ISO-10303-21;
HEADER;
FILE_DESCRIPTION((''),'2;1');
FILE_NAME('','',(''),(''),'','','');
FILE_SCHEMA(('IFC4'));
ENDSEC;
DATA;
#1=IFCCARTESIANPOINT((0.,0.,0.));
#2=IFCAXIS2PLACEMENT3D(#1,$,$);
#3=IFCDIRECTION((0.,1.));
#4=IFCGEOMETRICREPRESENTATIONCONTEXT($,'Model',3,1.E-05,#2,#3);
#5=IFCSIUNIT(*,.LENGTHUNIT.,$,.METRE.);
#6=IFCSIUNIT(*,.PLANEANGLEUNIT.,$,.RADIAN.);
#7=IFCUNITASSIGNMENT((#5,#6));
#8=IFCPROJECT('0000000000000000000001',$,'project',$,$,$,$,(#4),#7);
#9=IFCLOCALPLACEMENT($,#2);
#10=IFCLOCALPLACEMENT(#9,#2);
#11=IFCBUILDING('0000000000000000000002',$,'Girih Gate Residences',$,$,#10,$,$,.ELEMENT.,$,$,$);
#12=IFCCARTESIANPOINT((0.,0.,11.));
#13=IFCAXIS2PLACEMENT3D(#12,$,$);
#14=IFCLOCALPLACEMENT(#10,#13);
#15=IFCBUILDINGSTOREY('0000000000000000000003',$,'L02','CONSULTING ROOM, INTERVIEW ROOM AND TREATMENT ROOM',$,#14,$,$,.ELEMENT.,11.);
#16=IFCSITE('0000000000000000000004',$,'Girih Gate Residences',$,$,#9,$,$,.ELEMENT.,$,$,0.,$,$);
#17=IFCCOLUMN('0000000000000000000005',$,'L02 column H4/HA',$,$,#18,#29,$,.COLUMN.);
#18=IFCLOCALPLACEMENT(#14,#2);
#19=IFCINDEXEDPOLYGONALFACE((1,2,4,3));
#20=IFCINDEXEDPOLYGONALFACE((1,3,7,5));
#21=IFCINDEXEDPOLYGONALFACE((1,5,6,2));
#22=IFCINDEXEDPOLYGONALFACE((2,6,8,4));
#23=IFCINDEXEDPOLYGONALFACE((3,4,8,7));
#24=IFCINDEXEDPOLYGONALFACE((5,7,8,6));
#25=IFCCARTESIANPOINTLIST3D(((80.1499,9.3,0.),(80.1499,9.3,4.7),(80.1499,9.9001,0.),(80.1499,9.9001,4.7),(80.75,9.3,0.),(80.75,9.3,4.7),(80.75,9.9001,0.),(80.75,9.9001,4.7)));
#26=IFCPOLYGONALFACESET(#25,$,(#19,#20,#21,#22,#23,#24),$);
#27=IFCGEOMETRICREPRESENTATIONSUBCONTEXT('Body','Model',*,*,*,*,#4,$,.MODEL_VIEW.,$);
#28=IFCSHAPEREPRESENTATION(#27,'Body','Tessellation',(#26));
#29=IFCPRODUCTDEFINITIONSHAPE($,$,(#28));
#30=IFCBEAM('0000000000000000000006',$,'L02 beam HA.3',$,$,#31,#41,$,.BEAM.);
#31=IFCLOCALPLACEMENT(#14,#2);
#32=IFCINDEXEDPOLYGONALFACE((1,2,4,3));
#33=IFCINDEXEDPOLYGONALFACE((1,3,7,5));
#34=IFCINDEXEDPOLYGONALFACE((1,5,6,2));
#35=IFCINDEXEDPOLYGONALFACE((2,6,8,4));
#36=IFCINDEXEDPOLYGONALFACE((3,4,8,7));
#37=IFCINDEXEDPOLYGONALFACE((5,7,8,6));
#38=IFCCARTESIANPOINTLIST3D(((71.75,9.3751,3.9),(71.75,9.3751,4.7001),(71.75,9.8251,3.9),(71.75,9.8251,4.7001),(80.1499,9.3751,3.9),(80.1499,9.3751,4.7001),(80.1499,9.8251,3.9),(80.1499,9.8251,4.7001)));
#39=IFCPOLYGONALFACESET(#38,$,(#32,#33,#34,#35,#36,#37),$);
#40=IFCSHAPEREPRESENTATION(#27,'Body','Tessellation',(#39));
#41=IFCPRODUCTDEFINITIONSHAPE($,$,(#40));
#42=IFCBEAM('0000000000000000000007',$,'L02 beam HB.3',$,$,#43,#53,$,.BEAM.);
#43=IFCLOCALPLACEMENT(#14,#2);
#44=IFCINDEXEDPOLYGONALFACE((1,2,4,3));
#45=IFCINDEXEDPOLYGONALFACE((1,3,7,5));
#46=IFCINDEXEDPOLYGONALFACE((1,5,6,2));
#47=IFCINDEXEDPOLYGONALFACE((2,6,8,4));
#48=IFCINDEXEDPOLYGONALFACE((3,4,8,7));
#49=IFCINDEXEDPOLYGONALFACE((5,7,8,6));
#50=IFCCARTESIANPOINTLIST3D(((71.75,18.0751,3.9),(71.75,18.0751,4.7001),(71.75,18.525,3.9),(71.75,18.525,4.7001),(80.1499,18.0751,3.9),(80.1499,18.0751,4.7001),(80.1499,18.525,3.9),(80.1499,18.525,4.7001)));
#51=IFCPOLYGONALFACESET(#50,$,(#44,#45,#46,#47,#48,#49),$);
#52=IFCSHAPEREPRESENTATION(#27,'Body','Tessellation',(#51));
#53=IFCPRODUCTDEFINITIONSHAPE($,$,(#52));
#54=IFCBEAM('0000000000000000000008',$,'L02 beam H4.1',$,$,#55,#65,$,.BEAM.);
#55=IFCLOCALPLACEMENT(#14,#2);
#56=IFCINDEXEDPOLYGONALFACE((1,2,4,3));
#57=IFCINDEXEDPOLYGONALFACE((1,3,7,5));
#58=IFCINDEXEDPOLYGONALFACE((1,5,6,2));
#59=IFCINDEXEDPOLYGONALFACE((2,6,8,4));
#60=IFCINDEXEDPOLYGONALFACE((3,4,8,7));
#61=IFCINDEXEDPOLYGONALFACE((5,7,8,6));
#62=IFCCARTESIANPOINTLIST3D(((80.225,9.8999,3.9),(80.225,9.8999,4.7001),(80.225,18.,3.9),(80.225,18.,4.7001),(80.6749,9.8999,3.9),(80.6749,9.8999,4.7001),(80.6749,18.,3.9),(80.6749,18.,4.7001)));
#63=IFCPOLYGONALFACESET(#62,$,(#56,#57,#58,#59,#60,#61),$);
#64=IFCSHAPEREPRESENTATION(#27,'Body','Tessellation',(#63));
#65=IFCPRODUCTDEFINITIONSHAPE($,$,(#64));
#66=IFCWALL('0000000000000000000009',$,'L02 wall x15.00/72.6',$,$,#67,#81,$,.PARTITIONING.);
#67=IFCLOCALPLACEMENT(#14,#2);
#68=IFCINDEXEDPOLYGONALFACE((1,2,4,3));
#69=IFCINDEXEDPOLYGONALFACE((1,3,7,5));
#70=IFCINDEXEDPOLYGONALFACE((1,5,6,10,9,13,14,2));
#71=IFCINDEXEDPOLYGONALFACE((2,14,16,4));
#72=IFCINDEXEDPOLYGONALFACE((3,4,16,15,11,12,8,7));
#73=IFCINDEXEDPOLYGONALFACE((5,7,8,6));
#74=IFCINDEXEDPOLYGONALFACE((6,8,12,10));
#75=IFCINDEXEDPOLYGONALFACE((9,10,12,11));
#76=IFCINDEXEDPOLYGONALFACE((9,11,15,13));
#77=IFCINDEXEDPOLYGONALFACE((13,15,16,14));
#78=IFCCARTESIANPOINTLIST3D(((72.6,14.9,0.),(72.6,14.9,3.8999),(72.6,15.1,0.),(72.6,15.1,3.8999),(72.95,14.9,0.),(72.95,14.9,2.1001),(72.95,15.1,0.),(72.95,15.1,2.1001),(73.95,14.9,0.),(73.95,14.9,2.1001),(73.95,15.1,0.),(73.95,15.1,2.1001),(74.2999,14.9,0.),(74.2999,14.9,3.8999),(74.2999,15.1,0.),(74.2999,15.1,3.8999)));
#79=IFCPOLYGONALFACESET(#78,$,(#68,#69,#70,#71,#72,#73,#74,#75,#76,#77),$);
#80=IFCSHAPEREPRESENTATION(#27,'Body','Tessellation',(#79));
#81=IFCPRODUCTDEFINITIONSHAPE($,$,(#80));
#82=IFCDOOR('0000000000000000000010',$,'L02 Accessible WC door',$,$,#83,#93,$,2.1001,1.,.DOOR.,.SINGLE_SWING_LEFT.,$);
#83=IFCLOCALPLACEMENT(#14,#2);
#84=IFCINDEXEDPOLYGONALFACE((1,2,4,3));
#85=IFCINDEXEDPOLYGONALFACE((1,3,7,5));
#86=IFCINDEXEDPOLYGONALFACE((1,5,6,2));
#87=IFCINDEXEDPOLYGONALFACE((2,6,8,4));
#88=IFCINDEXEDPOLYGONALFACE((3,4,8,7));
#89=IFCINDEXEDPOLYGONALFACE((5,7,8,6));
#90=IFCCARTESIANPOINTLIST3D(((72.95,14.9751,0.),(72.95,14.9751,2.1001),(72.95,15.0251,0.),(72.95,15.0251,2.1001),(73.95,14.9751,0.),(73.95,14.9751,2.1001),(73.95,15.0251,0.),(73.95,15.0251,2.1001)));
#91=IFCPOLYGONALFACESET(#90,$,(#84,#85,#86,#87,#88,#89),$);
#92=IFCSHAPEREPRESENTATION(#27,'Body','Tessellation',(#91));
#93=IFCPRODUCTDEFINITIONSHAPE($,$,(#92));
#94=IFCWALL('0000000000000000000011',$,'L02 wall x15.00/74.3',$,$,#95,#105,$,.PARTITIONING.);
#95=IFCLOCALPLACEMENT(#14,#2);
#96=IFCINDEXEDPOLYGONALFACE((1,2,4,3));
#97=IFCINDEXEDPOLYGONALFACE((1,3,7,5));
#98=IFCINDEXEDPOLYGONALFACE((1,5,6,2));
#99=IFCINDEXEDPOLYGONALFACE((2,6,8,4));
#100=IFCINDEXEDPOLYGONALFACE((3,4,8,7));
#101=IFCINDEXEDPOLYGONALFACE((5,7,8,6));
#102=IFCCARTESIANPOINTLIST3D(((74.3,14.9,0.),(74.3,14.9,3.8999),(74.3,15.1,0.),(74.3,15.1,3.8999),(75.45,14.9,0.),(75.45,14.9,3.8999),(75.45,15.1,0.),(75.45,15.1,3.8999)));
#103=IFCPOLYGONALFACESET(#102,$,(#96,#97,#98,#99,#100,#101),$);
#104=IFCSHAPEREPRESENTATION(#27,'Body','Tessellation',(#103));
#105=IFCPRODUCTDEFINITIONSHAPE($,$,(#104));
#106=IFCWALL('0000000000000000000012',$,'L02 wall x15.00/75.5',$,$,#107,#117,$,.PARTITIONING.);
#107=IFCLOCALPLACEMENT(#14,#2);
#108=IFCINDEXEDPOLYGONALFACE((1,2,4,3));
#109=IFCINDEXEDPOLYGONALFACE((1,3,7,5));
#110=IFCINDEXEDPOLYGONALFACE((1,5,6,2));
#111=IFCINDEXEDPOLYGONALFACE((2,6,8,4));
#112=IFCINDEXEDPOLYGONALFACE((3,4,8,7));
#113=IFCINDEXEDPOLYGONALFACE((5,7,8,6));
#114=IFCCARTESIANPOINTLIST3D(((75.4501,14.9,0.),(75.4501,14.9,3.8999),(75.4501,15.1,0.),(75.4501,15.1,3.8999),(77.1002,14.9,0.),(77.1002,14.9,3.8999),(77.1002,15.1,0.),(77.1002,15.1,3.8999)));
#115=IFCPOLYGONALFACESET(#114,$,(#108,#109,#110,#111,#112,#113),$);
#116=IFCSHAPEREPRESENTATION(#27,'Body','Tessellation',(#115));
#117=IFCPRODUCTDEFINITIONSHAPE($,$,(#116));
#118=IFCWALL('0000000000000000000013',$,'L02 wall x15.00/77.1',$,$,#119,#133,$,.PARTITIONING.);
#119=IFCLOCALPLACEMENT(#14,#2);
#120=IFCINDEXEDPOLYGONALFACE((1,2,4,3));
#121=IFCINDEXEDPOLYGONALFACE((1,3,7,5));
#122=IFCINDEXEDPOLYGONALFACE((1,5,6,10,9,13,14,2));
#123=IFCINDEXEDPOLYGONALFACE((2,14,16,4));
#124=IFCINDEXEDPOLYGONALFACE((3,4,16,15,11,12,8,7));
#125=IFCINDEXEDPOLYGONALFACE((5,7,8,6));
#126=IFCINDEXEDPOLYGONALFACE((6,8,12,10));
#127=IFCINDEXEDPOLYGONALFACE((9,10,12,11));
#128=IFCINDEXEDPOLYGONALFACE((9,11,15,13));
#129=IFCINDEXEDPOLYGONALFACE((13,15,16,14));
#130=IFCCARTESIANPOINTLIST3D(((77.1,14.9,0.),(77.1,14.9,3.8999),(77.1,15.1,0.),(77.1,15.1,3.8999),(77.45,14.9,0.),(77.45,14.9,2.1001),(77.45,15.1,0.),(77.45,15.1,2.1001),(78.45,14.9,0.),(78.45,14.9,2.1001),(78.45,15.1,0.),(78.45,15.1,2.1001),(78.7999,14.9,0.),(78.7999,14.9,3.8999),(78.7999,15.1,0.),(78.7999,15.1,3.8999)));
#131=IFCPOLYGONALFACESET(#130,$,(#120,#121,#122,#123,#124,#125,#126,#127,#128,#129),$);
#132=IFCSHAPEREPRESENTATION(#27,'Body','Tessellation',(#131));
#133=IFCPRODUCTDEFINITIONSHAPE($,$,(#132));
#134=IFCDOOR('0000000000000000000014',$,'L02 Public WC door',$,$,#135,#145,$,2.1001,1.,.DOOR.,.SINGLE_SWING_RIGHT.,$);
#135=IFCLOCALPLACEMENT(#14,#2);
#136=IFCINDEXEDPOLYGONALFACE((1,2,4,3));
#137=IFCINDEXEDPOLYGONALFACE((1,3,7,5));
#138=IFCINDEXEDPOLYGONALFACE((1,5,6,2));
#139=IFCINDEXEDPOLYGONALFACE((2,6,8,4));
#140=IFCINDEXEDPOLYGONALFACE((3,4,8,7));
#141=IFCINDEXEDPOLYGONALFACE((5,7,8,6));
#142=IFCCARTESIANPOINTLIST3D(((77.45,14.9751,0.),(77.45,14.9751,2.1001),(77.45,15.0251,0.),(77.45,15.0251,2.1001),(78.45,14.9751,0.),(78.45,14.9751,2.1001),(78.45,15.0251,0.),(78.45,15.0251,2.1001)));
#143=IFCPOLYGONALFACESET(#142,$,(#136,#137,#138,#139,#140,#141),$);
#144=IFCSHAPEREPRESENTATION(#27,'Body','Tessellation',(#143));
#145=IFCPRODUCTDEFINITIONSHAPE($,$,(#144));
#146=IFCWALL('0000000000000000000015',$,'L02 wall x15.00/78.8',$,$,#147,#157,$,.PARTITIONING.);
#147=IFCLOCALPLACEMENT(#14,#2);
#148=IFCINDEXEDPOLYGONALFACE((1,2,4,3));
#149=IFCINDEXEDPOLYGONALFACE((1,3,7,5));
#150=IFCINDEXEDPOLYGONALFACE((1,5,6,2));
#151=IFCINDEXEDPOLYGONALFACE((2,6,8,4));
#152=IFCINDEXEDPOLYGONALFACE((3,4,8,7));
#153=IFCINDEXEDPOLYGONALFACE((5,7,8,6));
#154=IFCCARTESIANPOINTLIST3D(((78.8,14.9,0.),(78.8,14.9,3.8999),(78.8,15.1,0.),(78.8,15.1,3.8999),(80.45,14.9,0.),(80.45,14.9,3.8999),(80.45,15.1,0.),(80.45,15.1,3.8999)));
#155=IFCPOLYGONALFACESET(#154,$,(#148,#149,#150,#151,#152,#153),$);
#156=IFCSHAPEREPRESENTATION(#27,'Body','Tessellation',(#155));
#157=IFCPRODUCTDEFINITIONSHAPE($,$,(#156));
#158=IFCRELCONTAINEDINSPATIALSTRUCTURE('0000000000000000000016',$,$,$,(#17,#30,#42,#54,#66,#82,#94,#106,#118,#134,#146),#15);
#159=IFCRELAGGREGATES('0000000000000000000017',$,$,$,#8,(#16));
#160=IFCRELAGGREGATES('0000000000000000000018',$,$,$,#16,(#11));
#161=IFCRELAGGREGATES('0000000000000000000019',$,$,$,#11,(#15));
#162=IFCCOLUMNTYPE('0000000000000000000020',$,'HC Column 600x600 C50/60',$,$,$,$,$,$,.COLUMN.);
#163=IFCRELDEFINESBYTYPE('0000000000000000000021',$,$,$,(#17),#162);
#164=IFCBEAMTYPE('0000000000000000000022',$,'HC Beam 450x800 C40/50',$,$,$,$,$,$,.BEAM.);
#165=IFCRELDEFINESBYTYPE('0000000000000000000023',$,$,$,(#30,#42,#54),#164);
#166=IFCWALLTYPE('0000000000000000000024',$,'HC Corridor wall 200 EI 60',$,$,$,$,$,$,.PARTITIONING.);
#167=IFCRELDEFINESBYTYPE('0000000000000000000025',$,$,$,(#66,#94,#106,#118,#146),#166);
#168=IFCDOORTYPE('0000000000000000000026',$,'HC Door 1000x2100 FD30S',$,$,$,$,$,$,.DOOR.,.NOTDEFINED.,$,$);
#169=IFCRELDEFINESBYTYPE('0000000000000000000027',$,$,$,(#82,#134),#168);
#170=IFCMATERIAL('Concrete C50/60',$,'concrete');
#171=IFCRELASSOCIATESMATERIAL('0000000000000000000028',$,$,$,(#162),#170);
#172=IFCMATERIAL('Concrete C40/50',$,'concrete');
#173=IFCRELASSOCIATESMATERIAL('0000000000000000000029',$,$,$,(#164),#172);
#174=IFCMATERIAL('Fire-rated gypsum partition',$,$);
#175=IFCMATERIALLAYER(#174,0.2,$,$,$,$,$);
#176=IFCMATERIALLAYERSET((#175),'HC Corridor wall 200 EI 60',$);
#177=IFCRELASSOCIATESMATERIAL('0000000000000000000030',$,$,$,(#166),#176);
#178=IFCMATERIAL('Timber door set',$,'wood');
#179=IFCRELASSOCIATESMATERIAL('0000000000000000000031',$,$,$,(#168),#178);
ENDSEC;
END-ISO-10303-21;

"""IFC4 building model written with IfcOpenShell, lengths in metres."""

from ifc_helpers import new_model, si_unit, direction, frame, frame_2d, origin, origin_2d, place, context, subcontext, project, spatial, rectangle, extrude, material, layer, layer_set, material_profile, profile_set, type_object, element, fill, save


model = new_model("IFC4")

# Units and contexts
model_context = context("Model", 3, precision=1e-05, world=origin(), true_north=direction((0.0, 1.0)))
body_context = subcontext(model_context, "Body", "Model", "MODEL_VIEW")
ifc_project = project(units=[si_unit("LENGTHUNIT", "METRE"), si_unit("PLANEANGLEUNIT", "RADIAN")], contexts=[model_context])

# Site, building, storey
site_placement = place(None, origin())
site = spatial("IfcSite", under=ifc_project, at=site_placement, Name="Girih Gate Residences", CompositionType="ELEMENT", RefElevation=0.0)
building_placement = place(site_placement, origin())
building = spatial("IfcBuilding", under=site, at=building_placement, Name="Girih Gate Residences", CompositionType="ELEMENT")
storey_placement = place(building_placement, frame((0.0, 0.0, 11.0)))
storey = spatial("IfcBuildingStorey", under=building, at=storey_placement, Name="L02", Description="CONSULTING ROOM, INTERVIEW ROOM AND TREATMENT ROOM", CompositionType="ELEMENT", Elevation=11.0)

# Column
ifc_material_1 = material(Name="Concrete C50/60", Category="concrete")
ifc_material_profile_1 = material_profile(ifc_material_1, rectangle(XDim=0.6001, YDim=0.6001, at=origin_2d()))
ifc_profile_set_1 = profile_set([ifc_material_profile_1], Name="Concrete C50/60")
column_type = type_object("IfcColumnType", Name="HC Column 600x600 C50/60", PredefinedType="COLUMN", material=ifc_profile_set_1)
column_placement = place(storey_placement, frame((80.45, 9.6001, 0.0), z_axis=(0.0, 0.0, 1.0), x_axis=(1.0, 0.0, 0.0)))
element("IfcColumn", 1, at=column_placement, inside=storey, type_object=column_type, Name="L02 column H4/HA", PredefinedType="COLUMN", context=body_context, shape_type="SweptSolid", body=[
    extrude(rectangle(XDim=0.6001, YDim=0.6001, at=origin_2d()), origin(), (0.0, 0.0, 1.0), 4.7),
])

# Beams
ifc_material_2 = material(Name="Concrete C40/50", Category="concrete")
ifc_material_profile_2 = material_profile(ifc_material_2, rectangle(XDim=0.45, YDim=0.8, at=origin_2d()))
ifc_profile_set_2 = profile_set([ifc_material_profile_2], Name="Concrete C40/50")
beam_type = type_object("IfcBeamType", Name="HC Beam 450x800 C40/50", PredefinedType="BEAM", material=ifc_profile_set_2)
for number, where, z_axis, x_axis, name in (
    (2, (71.75, 9.6001, 4.3), (1.0, 0.0, 0.0), (0.0, 1.0, 0.0), "L02 beam HA.3"),
    (3, (71.75, 18.3, 4.3), (1.0, 0.0, 0.0), (0.0, 1.0, 0.0), "L02 beam HB.3"),
):
    element("IfcBeam", number, at=place(storey_placement, frame(where, z_axis=z_axis, x_axis=x_axis)), inside=storey, type_object=beam_type, Name=name, PredefinedType="BEAM", context=body_context, shape_type="SweptSolid", body=[
        extrude(rectangle(XDim=0.45, YDim=0.8, at=origin_2d()), origin(), (0.0, 0.0, 1.0), 8.3999),
    ])
beam_placement = place(storey_placement, frame((80.45, 9.8999, 4.3), z_axis=(0.0, 1.0, 0.0), x_axis=(-1.0, 0.0, 0.0)))
element("IfcBeam", 4, at=beam_placement, inside=storey, type_object=beam_type, Name="L02 beam H4.1", PredefinedType="BEAM", context=body_context, shape_type="SweptSolid", body=[
    extrude(rectangle(XDim=0.45, YDim=0.8, at=origin_2d()), origin(), (0.0, 0.0, 1.0), 8.1001),
])

# Wall, opening, door
ifc_material_3 = material(Name="Fire-rated gypsum partition")
ifc_layer_1 = layer(ifc_material_3, 0.2)
ifc_layer_set_1 = layer_set([ifc_layer_1], Name="HC Corridor wall 200 EI 60")
wall_type_1 = type_object("IfcWallType", Name="HC Corridor wall 200 EI 60", PredefinedType="PARTITIONING", material=ifc_layer_set_1)
wall_1_placement = place(storey_placement, frame((74.3, 15.0, 0.0), z_axis=(0.0, 0.0, 1.0), x_axis=(-1.0, 0.0, 0.0)))
wall_1 = element("IfcWall", 5, at=wall_1_placement, inside=storey, type_object=wall_type_1, Name="L02 wall x15.00/72.6", PredefinedType="PARTITIONING", context=body_context, shape_type="SweptSolid", body=[
    extrude(rectangle(XDim=1.7, YDim=0.2, at=frame_2d((0.8501, 0.0))), origin(), (0.0, 0.0, 1.0), 3.8999),
])
opening_1_placement = place(wall_1_placement, frame((0.3501, 0.0, 0.0)))
opening_1 = element("IfcOpeningElement", 6, at=opening_1_placement, cuts=wall_1, PredefinedType="OPENING", context=body_context, shape_type="SweptSolid", body=[
    extrude(rectangle(XDim=1.0, YDim=2.1001, at=frame_2d((0.5, 1.05))), frame((0.0, 0.1099, 0.0), z_axis=(0.0, -1.0, 0.0), x_axis=(1.0, 0.0, 0.0)), (0.0, 0.0, 1.0), 0.22),
])
ifc_material_4 = material(Name="Timber door set", Category="wood")
door_type = type_object("IfcDoorType", Name="HC Door 1000x2100 FD30S", OperationType="NOTDEFINED", PredefinedType="DOOR", material=ifc_material_4)
door_1_placement = place(opening_1_placement, origin())
door_1 = element("IfcDoor", 7, at=door_1_placement, inside=storey, type_object=door_type, Name="L02 Accessible WC door", OperationType="SINGLE_SWING_LEFT", OverallHeight=2.1001, OverallWidth=1.0, PredefinedType="DOOR", context=body_context, shape_type="SweptSolid", body=[
    extrude(rectangle(XDim=1.0, YDim=2.1001, at=frame_2d((0.5, 1.05))), frame((0.0, 0.0249, 0.0), z_axis=(0.0, -1.0, 0.0), x_axis=(1.0, 0.0, 0.0)), (0.0, 0.0, 1.0), 0.05),
])
fill(opening_1, door_1)

# Walls
wall_2_placement = place(storey_placement, frame((74.3, 15.0, 0.0), z_axis=(0.0, 0.0, 1.0), x_axis=(1.0, 0.0, 0.0)))
element("IfcWall", 8, at=wall_2_placement, inside=storey, type_object=wall_type_1, Name="L02 wall x15.00/74.3", PredefinedType="PARTITIONING", context=body_context, shape_type="SweptSolid", body=[
    extrude(rectangle(XDim=1.1499, YDim=0.2, at=frame_2d((0.575, 0.0))), origin(), (0.0, 0.0, 1.0), 3.8999),
])
wall_3_placement = place(storey_placement, frame((75.45, 15.0, 0.0), z_axis=(0.0, 0.0, 1.0), x_axis=(1.0, 0.0, 0.0)))
element("IfcWall", 9, at=wall_3_placement, inside=storey, type_object=wall_type_1, Name="L02 wall x15.00/75.5", PredefinedType="PARTITIONING", context=body_context, shape_type="SweptSolid", body=[
    extrude(rectangle(XDim=1.6501, YDim=0.2, at=frame_2d((0.8252, 0.0))), origin(), (0.0, 0.0, 1.0), 3.8999),
])

# Wall, opening, door
wall_4_placement = place(storey_placement, frame((78.8, 15.0, 0.0), z_axis=(0.0, 0.0, 1.0), x_axis=(-1.0, 0.0, 0.0)))
wall_4 = element("IfcWall", 10, at=wall_4_placement, inside=storey, type_object=wall_type_1, Name="L02 wall x15.00/77.1", PredefinedType="PARTITIONING", context=body_context, shape_type="SweptSolid", body=[
    extrude(rectangle(XDim=1.7, YDim=0.2, at=frame_2d((0.8501, 0.0))), origin(), (0.0, 0.0, 1.0), 3.8999),
])
opening_2_placement = place(wall_4_placement, frame((0.3501, 0.0, 0.0)))
opening_2 = element("IfcOpeningElement", 11, at=opening_2_placement, cuts=wall_4, PredefinedType="OPENING", context=body_context, shape_type="SweptSolid", body=[
    extrude(rectangle(XDim=1.0, YDim=2.1001, at=frame_2d((0.5, 1.05))), frame((0.0, 0.1099, 0.0), z_axis=(0.0, -1.0, 0.0), x_axis=(1.0, 0.0, 0.0)), (0.0, 0.0, 1.0), 0.22),
])
door_2_placement = place(opening_2_placement, origin())
door_2 = element("IfcDoor", 12, at=door_2_placement, inside=storey, type_object=door_type, Name="L02 Public WC door", OperationType="SINGLE_SWING_RIGHT", OverallHeight=2.1001, OverallWidth=1.0, PredefinedType="DOOR", context=body_context, shape_type="SweptSolid", body=[
    extrude(rectangle(XDim=1.0, YDim=2.1001, at=frame_2d((0.5, 1.05))), frame((0.0, 0.0249, 0.0), z_axis=(0.0, -1.0, 0.0), x_axis=(1.0, 0.0, 0.0)), (0.0, 0.0, 1.0), 0.05),
])
fill(opening_2, door_2)

# Wall
wall_5_placement = place(storey_placement, frame((78.8, 15.0, 0.0), z_axis=(0.0, 0.0, 1.0), x_axis=(1.0, 0.0, 0.0)))
element("IfcWall", 13, at=wall_5_placement, inside=storey, type_object=wall_type_1, Name="L02 wall x15.00/78.8", PredefinedType="PARTITIONING", context=body_context, shape_type="SweptSolid", body=[
    extrude(rectangle(XDim=1.6499, YDim=0.2, at=frame_2d((0.825, 0.0))), origin(), (0.0, 0.0, 1.0), 3.8999),
])

save(model, "model.ifc")
